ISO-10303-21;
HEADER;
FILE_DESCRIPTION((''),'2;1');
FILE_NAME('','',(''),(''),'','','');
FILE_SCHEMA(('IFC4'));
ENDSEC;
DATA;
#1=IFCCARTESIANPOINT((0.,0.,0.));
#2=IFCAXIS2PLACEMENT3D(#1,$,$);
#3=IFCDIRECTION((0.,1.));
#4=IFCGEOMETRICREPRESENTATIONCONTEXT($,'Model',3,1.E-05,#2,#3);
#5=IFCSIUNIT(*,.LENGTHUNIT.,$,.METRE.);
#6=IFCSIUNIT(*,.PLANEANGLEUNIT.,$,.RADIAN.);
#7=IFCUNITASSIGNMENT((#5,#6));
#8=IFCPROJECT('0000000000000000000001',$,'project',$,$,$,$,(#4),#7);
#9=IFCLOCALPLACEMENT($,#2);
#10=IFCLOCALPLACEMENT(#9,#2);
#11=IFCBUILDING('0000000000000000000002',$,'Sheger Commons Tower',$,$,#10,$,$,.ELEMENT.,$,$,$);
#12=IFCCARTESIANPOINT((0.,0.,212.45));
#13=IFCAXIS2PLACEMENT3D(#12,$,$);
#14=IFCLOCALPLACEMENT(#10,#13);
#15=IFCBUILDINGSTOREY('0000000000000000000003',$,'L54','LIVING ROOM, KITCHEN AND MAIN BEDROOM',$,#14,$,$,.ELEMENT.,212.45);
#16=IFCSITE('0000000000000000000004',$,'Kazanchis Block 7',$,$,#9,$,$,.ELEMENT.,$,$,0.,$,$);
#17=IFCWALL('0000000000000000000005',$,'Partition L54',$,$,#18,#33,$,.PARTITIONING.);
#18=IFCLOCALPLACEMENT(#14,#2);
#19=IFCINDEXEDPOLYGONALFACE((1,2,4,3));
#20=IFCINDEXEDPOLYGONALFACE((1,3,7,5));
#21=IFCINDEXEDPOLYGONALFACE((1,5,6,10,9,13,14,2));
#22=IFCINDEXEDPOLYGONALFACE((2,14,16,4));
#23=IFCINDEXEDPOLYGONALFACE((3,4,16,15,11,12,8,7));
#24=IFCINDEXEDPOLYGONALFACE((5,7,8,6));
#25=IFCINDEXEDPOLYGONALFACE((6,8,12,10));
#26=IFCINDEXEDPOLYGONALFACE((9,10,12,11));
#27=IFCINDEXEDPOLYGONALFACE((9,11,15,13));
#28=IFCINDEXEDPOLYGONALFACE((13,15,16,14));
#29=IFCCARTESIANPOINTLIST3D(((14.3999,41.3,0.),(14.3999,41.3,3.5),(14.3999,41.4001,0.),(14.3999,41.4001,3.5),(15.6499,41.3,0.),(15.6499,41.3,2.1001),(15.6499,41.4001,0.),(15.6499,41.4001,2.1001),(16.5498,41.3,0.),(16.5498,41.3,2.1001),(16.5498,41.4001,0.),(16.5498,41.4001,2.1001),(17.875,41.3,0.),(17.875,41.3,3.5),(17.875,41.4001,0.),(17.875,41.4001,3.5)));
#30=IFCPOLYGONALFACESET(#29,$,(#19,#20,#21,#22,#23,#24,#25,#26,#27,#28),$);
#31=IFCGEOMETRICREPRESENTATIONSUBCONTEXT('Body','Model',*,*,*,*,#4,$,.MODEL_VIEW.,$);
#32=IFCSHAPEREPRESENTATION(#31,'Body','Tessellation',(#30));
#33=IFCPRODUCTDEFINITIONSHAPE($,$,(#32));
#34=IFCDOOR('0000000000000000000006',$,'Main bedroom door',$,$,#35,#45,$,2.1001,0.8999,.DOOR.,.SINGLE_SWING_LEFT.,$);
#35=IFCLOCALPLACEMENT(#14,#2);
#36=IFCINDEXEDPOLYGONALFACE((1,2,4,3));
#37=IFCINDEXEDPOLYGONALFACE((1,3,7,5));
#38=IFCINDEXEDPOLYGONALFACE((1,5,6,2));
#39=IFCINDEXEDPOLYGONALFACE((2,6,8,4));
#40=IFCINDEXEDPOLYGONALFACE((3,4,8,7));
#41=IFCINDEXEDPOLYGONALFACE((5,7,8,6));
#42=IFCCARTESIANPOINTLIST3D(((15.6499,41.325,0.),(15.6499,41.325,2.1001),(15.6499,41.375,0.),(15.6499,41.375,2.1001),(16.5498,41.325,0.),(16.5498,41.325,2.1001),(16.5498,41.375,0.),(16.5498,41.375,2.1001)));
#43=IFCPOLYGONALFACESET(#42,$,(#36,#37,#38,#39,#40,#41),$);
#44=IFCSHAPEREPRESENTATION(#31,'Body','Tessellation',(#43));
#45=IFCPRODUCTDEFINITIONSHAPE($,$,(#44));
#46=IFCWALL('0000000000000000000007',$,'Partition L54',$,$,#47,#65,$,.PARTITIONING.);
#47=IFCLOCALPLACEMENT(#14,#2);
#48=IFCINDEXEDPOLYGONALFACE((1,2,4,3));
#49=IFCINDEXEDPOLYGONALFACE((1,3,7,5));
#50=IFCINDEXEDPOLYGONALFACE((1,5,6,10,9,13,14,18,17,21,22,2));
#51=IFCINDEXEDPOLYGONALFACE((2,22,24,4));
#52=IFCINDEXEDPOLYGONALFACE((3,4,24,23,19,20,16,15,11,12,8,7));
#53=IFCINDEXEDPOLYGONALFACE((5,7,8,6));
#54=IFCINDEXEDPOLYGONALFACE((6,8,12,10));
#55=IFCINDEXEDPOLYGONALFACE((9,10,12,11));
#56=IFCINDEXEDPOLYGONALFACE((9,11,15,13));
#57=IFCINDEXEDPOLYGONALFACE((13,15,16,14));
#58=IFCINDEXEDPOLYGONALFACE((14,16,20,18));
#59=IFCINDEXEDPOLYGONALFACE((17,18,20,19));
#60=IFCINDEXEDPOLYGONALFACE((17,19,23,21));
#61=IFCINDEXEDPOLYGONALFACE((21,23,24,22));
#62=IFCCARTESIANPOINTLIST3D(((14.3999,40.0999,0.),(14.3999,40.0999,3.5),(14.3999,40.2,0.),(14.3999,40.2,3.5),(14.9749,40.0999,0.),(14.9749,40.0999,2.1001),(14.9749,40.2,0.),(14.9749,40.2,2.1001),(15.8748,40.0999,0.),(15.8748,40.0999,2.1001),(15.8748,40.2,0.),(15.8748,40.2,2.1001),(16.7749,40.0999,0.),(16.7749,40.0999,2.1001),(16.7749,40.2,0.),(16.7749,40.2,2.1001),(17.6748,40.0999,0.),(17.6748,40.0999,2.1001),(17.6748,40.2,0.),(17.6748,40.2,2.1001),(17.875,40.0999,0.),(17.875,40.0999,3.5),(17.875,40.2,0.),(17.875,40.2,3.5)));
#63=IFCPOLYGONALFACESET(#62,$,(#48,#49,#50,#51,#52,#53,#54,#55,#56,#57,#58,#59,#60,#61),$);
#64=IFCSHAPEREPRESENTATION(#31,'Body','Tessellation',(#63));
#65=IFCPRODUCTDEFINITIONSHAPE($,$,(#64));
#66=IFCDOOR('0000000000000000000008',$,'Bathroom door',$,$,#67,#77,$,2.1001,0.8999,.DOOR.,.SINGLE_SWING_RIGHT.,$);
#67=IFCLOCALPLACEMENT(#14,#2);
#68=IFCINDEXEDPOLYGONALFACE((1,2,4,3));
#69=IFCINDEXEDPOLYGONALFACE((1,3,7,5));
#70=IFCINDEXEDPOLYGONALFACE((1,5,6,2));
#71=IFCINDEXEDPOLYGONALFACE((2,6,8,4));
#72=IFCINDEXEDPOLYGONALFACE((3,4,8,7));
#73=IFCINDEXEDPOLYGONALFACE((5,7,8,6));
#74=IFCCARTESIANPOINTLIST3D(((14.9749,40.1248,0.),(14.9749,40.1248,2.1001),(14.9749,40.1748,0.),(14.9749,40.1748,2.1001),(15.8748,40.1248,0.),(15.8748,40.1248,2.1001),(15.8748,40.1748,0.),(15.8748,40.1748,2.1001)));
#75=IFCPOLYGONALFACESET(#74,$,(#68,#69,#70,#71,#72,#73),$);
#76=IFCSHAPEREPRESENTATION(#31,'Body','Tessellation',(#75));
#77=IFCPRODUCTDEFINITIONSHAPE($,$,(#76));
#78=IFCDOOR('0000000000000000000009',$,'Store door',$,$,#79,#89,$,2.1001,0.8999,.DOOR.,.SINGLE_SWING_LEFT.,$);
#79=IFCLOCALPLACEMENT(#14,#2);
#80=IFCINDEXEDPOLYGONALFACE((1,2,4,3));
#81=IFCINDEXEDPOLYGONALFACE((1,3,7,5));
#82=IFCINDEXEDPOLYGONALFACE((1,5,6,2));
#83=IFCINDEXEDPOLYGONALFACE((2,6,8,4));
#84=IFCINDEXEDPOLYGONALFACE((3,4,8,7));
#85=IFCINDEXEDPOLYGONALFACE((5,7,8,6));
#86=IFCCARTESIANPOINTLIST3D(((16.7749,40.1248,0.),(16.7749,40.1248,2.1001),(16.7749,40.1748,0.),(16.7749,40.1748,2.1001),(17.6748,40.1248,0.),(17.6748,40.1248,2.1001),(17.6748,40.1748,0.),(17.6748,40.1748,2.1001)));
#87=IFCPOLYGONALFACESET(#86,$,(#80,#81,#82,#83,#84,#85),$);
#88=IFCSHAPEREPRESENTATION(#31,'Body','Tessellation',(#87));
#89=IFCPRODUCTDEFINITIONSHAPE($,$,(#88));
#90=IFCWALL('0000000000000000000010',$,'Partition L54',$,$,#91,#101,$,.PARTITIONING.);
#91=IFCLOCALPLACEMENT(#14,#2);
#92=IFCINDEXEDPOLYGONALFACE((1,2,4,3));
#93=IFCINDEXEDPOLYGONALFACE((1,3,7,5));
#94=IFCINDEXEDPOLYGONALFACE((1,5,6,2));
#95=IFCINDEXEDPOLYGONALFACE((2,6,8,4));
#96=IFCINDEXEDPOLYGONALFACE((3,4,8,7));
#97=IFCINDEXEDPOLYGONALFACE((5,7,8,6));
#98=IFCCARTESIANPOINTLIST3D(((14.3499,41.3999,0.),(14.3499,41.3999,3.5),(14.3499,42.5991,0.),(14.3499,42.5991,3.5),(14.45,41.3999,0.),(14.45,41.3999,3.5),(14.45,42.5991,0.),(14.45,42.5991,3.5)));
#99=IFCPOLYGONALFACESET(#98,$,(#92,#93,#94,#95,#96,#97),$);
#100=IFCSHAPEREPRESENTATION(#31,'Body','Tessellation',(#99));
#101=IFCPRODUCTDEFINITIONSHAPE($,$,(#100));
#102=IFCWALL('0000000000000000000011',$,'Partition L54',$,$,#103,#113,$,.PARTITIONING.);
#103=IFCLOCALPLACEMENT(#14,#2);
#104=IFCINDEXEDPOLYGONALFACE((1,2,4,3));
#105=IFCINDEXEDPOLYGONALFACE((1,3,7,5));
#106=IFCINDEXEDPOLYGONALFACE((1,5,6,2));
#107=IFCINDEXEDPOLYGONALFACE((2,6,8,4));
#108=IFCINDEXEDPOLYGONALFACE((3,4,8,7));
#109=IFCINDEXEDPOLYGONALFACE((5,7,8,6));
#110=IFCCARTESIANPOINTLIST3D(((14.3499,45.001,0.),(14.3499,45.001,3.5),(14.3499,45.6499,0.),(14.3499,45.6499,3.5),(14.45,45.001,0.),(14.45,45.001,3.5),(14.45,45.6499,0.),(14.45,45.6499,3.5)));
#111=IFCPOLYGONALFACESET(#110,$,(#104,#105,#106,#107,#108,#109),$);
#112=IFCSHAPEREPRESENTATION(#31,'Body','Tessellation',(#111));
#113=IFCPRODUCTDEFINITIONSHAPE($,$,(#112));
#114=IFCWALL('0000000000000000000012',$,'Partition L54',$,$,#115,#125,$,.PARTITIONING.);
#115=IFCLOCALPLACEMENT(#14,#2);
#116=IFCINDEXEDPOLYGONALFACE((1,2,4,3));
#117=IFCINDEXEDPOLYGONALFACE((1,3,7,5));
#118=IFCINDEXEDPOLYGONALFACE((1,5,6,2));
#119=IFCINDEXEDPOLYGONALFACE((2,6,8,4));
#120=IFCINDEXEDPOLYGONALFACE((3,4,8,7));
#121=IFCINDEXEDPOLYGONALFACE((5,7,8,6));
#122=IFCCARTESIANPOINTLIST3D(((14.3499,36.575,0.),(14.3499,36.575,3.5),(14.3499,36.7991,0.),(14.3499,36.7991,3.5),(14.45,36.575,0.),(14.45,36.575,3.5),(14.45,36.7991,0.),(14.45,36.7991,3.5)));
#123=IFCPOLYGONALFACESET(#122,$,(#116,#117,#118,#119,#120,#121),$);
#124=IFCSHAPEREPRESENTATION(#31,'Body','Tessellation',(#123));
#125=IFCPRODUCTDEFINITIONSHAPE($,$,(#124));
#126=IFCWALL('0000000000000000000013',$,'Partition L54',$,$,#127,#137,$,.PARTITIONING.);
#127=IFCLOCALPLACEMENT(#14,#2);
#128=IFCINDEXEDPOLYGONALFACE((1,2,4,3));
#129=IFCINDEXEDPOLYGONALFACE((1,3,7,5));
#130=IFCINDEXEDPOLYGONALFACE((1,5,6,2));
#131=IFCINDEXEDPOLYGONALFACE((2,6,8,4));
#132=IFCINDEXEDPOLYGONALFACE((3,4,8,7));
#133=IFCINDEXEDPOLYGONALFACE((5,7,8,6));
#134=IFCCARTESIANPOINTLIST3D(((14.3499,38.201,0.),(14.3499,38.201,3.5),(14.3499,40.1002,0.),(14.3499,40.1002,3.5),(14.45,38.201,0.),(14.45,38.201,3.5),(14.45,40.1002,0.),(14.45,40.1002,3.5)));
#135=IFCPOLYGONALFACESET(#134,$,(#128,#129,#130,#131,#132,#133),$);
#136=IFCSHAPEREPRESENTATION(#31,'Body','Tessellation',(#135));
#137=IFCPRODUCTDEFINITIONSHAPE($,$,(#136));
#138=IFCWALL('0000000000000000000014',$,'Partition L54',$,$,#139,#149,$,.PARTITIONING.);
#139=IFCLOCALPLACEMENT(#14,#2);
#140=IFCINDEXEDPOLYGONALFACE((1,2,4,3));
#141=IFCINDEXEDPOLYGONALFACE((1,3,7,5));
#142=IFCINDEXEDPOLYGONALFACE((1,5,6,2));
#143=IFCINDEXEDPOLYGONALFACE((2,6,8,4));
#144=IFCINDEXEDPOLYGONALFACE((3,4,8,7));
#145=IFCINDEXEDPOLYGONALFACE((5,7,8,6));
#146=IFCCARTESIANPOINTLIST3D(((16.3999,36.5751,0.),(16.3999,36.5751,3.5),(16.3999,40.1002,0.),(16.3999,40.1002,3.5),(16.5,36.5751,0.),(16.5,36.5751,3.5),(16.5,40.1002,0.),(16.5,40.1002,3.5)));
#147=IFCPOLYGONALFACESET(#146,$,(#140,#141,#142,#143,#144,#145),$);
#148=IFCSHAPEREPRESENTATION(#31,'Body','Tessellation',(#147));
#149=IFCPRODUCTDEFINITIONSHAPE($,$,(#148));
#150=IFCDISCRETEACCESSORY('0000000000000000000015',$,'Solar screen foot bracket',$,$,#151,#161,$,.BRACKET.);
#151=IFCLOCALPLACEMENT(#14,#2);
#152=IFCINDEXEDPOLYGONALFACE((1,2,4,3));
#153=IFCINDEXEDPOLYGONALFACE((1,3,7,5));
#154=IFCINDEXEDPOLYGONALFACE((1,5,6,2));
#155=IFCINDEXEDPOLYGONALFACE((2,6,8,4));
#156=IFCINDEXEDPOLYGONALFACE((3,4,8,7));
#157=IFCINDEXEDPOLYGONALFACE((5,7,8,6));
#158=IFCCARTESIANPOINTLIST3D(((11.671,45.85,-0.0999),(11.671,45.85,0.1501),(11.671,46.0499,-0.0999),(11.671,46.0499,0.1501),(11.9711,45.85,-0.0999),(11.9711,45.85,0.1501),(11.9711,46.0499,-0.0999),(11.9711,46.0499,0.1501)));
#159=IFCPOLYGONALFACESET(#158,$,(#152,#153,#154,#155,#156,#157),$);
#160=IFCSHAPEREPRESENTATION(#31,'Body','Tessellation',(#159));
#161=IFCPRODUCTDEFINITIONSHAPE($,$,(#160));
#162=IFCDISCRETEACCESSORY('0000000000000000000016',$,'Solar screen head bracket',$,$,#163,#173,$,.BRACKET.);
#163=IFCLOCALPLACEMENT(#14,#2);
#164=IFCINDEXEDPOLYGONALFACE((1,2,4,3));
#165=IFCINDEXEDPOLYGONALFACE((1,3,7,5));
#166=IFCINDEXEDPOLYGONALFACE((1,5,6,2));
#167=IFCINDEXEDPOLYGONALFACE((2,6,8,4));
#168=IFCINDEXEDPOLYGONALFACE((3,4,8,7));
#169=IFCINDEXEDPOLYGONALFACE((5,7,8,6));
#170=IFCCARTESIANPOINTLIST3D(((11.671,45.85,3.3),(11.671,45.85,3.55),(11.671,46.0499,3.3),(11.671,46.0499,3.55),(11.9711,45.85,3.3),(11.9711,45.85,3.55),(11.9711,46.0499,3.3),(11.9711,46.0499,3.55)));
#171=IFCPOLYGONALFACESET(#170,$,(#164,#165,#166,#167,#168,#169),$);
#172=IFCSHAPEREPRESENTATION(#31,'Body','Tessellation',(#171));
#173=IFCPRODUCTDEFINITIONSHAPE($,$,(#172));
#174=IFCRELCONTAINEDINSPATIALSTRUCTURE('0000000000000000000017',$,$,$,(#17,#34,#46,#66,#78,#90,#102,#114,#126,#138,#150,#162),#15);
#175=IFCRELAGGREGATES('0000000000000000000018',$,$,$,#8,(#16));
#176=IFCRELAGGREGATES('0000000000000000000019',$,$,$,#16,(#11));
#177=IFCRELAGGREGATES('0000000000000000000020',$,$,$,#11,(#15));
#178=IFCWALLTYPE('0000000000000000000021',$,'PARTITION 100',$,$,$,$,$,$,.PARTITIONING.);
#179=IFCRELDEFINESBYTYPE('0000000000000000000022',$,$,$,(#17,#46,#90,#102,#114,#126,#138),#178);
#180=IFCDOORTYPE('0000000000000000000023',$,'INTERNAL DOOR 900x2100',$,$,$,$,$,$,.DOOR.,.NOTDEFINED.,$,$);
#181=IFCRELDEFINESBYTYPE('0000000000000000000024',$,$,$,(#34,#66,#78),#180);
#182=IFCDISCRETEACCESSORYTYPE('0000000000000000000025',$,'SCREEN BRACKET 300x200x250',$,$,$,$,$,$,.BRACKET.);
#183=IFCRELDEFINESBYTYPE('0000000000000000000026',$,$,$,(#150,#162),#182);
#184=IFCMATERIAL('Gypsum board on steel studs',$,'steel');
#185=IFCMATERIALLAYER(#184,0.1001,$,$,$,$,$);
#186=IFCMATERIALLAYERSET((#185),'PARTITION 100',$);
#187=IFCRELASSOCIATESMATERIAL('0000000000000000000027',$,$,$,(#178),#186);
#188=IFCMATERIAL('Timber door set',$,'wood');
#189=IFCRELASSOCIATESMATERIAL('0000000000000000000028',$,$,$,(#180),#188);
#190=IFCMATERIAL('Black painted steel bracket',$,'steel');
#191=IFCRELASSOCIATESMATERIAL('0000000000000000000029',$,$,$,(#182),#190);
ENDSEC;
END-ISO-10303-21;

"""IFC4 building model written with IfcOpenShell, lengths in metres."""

from ifc_helpers import new_model, si_unit, direction, frame, frame_2d, origin, origin_2d, place, context, subcontext, project, spatial, rectangle, extrude, material, layer, layer_set, type_object, element, fill, save


model = new_model("IFC4")

# Units and contexts
model_context = context("Model", 3, precision=1e-05, world=origin(), true_north=direction((0.0, 1.0)))
body_context = subcontext(model_context, "Body", "Model", "MODEL_VIEW")
ifc_project = project(units=[si_unit("LENGTHUNIT", "METRE"), si_unit("PLANEANGLEUNIT", "RADIAN")], contexts=[model_context])

# Site, building, storey
site_placement = place(None, origin())
site = spatial("IfcSite", under=ifc_project, at=site_placement, Name="Kazanchis Block 7", CompositionType="ELEMENT", RefElevation=0.0)
building_placement = place(site_placement, origin())
building = spatial("IfcBuilding", under=site, at=building_placement, Name="Sheger Commons Tower", CompositionType="ELEMENT")
storey_placement = place(building_placement, frame((0.0, 0.0, 212.45)))
storey = spatial("IfcBuildingStorey", under=building, at=storey_placement, Name="L54", Description="LIVING ROOM, KITCHEN AND MAIN BEDROOM", CompositionType="ELEMENT", Elevation=212.45)

# Wall, opening, door
ifc_material_1 = material(Name="Gypsum board on steel studs", Category="steel")
ifc_layer_1 = layer(ifc_material_1, 0.1001)
ifc_layer_set_1 = layer_set([ifc_layer_1], Name="PARTITION 100")
wall_type_1 = type_object("IfcWallType", Name="PARTITION 100", PredefinedType="PARTITIONING", material=ifc_layer_set_1)
wall_1_placement = place(storey_placement, frame((14.3999, 41.3501, 0.0), z_axis=(0.0, 0.0, 1.0), x_axis=(1.0, 0.0, 0.0)))
wall_1 = element("IfcWall", 1, at=wall_1_placement, inside=storey, type_object=wall_type_1, Name="Partition L54", PredefinedType="PARTITIONING", context=body_context, shape_type="SweptSolid", body=[
    extrude(rectangle(XDim=3.4751, YDim=0.1001, at=frame_2d((1.7375, 0.0))), origin(), (0.0, 0.0, 1.0), 3.5),
])
opening_1_placement = place(wall_1_placement, frame((1.25, 0.0, 0.0)))
opening_1 = element("IfcOpeningElement", 2, at=opening_1_placement, cuts=wall_1, PredefinedType="OPENING", context=body_context, shape_type="SweptSolid", body=[
    extrude(rectangle(XDim=0.8999, YDim=2.1001, at=frame_2d((0.45, 1.05))), frame((0.0, 0.0601, 0.0), z_axis=(0.0, -1.0, 0.0), x_axis=(1.0, 0.0, 0.0)), (0.0, 0.0, 1.0), 0.1201),
])
ifc_material_2 = material(Name="Timber door set", Category="wood")
door_type_1 = type_object("IfcDoorType", Name="INTERNAL DOOR 900x2100", OperationType="NOTDEFINED", PredefinedType="DOOR", material=ifc_material_2)
door_1_placement = place(opening_1_placement, origin())
door_1 = element("IfcDoor", 3, at=door_1_placement, inside=storey, type_object=door_type_1, Name="Main bedroom door", OperationType="SINGLE_SWING_LEFT", OverallHeight=2.1001, OverallWidth=0.8999, PredefinedType="DOOR", context=body_context, shape_type="SweptSolid", body=[
    extrude(rectangle(XDim=0.8999, YDim=2.1001, at=frame_2d((0.45, 1.05))), frame((0.0, 0.0249, 0.0), z_axis=(0.0, -1.0, 0.0), x_axis=(1.0, 0.0, 0.0)), (0.0, 0.0, 1.0), 0.05),
])
fill(opening_1, door_1)

# Wall, openings, doors
wall_2_placement = place(storey_placement, frame((14.3999, 40.1499, 0.0), z_axis=(0.0, 0.0, 1.0), x_axis=(1.0, 0.0, 0.0)))
wall_2 = element("IfcWall", 4, at=wall_2_placement, inside=storey, type_object=wall_type_1, Name="Partition L54", PredefinedType="PARTITIONING", context=body_context, shape_type="SweptSolid", body=[
    extrude(rectangle(XDim=3.4751, YDim=0.1001, at=frame_2d((1.7375, 0.0))), origin(), (0.0, 0.0, 1.0), 3.5),
])
opening_2_placement = place(wall_2_placement, frame((0.575, 0.0, 0.0)))
opening_2 = element("IfcOpeningElement", 5, at=opening_2_placement, cuts=wall_2, PredefinedType="OPENING", context=body_context, shape_type="SweptSolid", body=[
    extrude(rectangle(XDim=0.8999, YDim=2.1001, at=frame_2d((0.45, 1.05))), frame((0.0, 0.0601, 0.0), z_axis=(0.0, -1.0, 0.0), x_axis=(1.0, 0.0, 0.0)), (0.0, 0.0, 1.0), 0.1201),
])
opening_3_placement = place(wall_2_placement, frame((2.375, 0.0, 0.0)))
opening_3 = element("IfcOpeningElement", 6, at=opening_3_placement, cuts=wall_2, PredefinedType="OPENING", context=body_context, shape_type="SweptSolid", body=[
    extrude(rectangle(XDim=0.8999, YDim=2.1001, at=frame_2d((0.45, 1.05))), frame((0.0, 0.0601, 0.0), z_axis=(0.0, -1.0, 0.0), x_axis=(1.0, 0.0, 0.0)), (0.0, 0.0, 1.0), 0.1201),
])
door_2_placement = place(opening_2_placement, origin())
door_2 = element("IfcDoor", 7, at=door_2_placement, inside=storey, type_object=door_type_1, Name="Bathroom door", OperationType="SINGLE_SWING_RIGHT", OverallHeight=2.1001, OverallWidth=0.8999, PredefinedType="DOOR", context=body_context, shape_type="SweptSolid", body=[
    extrude(rectangle(XDim=0.8999, YDim=2.1001, at=frame_2d((0.45, 1.05))), frame((0.0, 0.0249, 0.0), z_axis=(0.0, -1.0, 0.0), x_axis=(1.0, 0.0, 0.0)), (0.0, 0.0, 1.0), 0.05),
])
fill(opening_2, door_2)
door_3_placement = place(opening_3_placement, origin())
door_3 = element("IfcDoor", 8, at=door_3_placement, inside=storey, type_object=door_type_1, Name="Store door", OperationType="SINGLE_SWING_LEFT", OverallHeight=2.1001, OverallWidth=0.8999, PredefinedType="DOOR", context=body_context, shape_type="SweptSolid", body=[
    extrude(rectangle(XDim=0.8999, YDim=2.1001, at=frame_2d((0.45, 1.05))), frame((0.0, 0.0249, 0.0), z_axis=(0.0, -1.0, 0.0), x_axis=(1.0, 0.0, 0.0)), (0.0, 0.0, 1.0), 0.05),
])
fill(opening_3, door_3)

# Walls
wall_3_placement = place(storey_placement, frame((14.3999, 41.3999, 0.0), z_axis=(0.0, 0.0, 1.0), x_axis=(0.0, 1.0, 0.0)))
element("IfcWall", 9, at=wall_3_placement, inside=storey, type_object=wall_type_1, Name="Partition L54", PredefinedType="PARTITIONING", context=body_context, shape_type="SweptSolid", body=[
    extrude(rectangle(XDim=1.1992, YDim=0.1001, at=frame_2d((0.5996, 0.0))), origin(), (0.0, 0.0, 1.0), 3.5),
])
wall_4_placement = place(storey_placement, frame((14.3999, 45.001, 0.0), z_axis=(0.0, 0.0, 1.0), x_axis=(0.0, 1.0, 0.0)))
element("IfcWall", 10, at=wall_4_placement, inside=storey, type_object=wall_type_1, Name="Partition L54", PredefinedType="PARTITIONING", context=body_context, shape_type="SweptSolid", body=[
    extrude(rectangle(XDim=0.6489, YDim=0.1001, at=frame_2d((0.3245, 0.0))), origin(), (0.0, 0.0, 1.0), 3.5),
])
wall_5_placement = place(storey_placement, frame((14.3999, 36.575, 0.0), z_axis=(0.0, 0.0, 1.0), x_axis=(0.0, 1.0, 0.0)))
element("IfcWall", 11, at=wall_5_placement, inside=storey, type_object=wall_type_1, Name="Partition L54", PredefinedType="PARTITIONING", context=body_context, shape_type="SweptSolid", body=[
    extrude(rectangle(XDim=0.2241, YDim=0.1001, at=frame_2d((0.1121, 0.0))), origin(), (0.0, 0.0, 1.0), 3.5),
])
wall_6_placement = place(storey_placement, frame((14.3999, 38.2009, 0.0), z_axis=(0.0, 0.0, 1.0), x_axis=(0.0, 1.0, 0.0)))
element("IfcWall", 12, at=wall_6_placement, inside=storey, type_object=wall_type_1, Name="Partition L54", PredefinedType="PARTITIONING", context=body_context, shape_type="SweptSolid", body=[
    extrude(rectangle(XDim=1.8992, YDim=0.1001, at=frame_2d((0.9497, 0.0))), origin(), (0.0, 0.0, 1.0), 3.5),
])
wall_7_placement = place(storey_placement, frame((16.45, 36.575, 0.0), z_axis=(0.0, 0.0, 1.0), x_axis=(0.0, 1.0, 0.0)))
element("IfcWall", 13, at=wall_7_placement, inside=storey, type_object=wall_type_1, Name="Partition L54", PredefinedType="PARTITIONING", context=body_context, shape_type="SweptSolid", body=[
    extrude(rectangle(XDim=3.5251, YDim=0.1001, at=frame_2d((1.7627, 0.0))), origin(), (0.0, 0.0, 1.0), 3.5),
])

# Discrete accessories
ifc_material_3 = material(Name="Black painted steel bracket", Category="steel")
discrete_accessory_type = type_object("IfcDiscreteAccessoryType", Name="SCREEN BRACKET 300x200x250", PredefinedType="BRACKET", material=ifc_material_3)
for number, where, z_axis, x_axis, name in (
    (14, (11.821, 45.95, -0.0999), (0.0, 0.0, 1.0), (-1.0, 0.0, 0.0), "Solar screen foot bracket"),
    (15, (11.821, 45.95, 3.3), (0.0, 0.0, 1.0), (-1.0, 0.0, 0.0), "Solar screen head bracket"),
):
    element("IfcDiscreteAccessory", number, at=place(storey_placement, frame(where, z_axis=z_axis, x_axis=x_axis)), inside=storey, type_object=discrete_accessory_type, Name=name, PredefinedType="BRACKET", context=body_context, shape_type="SweptSolid", body=[
        extrude(rectangle(XDim=0.3, YDim=0.2, at=origin_2d()), origin(), (0.0, 0.0, 1.0), 0.25),
    ])

save(model, "model.ifc")
